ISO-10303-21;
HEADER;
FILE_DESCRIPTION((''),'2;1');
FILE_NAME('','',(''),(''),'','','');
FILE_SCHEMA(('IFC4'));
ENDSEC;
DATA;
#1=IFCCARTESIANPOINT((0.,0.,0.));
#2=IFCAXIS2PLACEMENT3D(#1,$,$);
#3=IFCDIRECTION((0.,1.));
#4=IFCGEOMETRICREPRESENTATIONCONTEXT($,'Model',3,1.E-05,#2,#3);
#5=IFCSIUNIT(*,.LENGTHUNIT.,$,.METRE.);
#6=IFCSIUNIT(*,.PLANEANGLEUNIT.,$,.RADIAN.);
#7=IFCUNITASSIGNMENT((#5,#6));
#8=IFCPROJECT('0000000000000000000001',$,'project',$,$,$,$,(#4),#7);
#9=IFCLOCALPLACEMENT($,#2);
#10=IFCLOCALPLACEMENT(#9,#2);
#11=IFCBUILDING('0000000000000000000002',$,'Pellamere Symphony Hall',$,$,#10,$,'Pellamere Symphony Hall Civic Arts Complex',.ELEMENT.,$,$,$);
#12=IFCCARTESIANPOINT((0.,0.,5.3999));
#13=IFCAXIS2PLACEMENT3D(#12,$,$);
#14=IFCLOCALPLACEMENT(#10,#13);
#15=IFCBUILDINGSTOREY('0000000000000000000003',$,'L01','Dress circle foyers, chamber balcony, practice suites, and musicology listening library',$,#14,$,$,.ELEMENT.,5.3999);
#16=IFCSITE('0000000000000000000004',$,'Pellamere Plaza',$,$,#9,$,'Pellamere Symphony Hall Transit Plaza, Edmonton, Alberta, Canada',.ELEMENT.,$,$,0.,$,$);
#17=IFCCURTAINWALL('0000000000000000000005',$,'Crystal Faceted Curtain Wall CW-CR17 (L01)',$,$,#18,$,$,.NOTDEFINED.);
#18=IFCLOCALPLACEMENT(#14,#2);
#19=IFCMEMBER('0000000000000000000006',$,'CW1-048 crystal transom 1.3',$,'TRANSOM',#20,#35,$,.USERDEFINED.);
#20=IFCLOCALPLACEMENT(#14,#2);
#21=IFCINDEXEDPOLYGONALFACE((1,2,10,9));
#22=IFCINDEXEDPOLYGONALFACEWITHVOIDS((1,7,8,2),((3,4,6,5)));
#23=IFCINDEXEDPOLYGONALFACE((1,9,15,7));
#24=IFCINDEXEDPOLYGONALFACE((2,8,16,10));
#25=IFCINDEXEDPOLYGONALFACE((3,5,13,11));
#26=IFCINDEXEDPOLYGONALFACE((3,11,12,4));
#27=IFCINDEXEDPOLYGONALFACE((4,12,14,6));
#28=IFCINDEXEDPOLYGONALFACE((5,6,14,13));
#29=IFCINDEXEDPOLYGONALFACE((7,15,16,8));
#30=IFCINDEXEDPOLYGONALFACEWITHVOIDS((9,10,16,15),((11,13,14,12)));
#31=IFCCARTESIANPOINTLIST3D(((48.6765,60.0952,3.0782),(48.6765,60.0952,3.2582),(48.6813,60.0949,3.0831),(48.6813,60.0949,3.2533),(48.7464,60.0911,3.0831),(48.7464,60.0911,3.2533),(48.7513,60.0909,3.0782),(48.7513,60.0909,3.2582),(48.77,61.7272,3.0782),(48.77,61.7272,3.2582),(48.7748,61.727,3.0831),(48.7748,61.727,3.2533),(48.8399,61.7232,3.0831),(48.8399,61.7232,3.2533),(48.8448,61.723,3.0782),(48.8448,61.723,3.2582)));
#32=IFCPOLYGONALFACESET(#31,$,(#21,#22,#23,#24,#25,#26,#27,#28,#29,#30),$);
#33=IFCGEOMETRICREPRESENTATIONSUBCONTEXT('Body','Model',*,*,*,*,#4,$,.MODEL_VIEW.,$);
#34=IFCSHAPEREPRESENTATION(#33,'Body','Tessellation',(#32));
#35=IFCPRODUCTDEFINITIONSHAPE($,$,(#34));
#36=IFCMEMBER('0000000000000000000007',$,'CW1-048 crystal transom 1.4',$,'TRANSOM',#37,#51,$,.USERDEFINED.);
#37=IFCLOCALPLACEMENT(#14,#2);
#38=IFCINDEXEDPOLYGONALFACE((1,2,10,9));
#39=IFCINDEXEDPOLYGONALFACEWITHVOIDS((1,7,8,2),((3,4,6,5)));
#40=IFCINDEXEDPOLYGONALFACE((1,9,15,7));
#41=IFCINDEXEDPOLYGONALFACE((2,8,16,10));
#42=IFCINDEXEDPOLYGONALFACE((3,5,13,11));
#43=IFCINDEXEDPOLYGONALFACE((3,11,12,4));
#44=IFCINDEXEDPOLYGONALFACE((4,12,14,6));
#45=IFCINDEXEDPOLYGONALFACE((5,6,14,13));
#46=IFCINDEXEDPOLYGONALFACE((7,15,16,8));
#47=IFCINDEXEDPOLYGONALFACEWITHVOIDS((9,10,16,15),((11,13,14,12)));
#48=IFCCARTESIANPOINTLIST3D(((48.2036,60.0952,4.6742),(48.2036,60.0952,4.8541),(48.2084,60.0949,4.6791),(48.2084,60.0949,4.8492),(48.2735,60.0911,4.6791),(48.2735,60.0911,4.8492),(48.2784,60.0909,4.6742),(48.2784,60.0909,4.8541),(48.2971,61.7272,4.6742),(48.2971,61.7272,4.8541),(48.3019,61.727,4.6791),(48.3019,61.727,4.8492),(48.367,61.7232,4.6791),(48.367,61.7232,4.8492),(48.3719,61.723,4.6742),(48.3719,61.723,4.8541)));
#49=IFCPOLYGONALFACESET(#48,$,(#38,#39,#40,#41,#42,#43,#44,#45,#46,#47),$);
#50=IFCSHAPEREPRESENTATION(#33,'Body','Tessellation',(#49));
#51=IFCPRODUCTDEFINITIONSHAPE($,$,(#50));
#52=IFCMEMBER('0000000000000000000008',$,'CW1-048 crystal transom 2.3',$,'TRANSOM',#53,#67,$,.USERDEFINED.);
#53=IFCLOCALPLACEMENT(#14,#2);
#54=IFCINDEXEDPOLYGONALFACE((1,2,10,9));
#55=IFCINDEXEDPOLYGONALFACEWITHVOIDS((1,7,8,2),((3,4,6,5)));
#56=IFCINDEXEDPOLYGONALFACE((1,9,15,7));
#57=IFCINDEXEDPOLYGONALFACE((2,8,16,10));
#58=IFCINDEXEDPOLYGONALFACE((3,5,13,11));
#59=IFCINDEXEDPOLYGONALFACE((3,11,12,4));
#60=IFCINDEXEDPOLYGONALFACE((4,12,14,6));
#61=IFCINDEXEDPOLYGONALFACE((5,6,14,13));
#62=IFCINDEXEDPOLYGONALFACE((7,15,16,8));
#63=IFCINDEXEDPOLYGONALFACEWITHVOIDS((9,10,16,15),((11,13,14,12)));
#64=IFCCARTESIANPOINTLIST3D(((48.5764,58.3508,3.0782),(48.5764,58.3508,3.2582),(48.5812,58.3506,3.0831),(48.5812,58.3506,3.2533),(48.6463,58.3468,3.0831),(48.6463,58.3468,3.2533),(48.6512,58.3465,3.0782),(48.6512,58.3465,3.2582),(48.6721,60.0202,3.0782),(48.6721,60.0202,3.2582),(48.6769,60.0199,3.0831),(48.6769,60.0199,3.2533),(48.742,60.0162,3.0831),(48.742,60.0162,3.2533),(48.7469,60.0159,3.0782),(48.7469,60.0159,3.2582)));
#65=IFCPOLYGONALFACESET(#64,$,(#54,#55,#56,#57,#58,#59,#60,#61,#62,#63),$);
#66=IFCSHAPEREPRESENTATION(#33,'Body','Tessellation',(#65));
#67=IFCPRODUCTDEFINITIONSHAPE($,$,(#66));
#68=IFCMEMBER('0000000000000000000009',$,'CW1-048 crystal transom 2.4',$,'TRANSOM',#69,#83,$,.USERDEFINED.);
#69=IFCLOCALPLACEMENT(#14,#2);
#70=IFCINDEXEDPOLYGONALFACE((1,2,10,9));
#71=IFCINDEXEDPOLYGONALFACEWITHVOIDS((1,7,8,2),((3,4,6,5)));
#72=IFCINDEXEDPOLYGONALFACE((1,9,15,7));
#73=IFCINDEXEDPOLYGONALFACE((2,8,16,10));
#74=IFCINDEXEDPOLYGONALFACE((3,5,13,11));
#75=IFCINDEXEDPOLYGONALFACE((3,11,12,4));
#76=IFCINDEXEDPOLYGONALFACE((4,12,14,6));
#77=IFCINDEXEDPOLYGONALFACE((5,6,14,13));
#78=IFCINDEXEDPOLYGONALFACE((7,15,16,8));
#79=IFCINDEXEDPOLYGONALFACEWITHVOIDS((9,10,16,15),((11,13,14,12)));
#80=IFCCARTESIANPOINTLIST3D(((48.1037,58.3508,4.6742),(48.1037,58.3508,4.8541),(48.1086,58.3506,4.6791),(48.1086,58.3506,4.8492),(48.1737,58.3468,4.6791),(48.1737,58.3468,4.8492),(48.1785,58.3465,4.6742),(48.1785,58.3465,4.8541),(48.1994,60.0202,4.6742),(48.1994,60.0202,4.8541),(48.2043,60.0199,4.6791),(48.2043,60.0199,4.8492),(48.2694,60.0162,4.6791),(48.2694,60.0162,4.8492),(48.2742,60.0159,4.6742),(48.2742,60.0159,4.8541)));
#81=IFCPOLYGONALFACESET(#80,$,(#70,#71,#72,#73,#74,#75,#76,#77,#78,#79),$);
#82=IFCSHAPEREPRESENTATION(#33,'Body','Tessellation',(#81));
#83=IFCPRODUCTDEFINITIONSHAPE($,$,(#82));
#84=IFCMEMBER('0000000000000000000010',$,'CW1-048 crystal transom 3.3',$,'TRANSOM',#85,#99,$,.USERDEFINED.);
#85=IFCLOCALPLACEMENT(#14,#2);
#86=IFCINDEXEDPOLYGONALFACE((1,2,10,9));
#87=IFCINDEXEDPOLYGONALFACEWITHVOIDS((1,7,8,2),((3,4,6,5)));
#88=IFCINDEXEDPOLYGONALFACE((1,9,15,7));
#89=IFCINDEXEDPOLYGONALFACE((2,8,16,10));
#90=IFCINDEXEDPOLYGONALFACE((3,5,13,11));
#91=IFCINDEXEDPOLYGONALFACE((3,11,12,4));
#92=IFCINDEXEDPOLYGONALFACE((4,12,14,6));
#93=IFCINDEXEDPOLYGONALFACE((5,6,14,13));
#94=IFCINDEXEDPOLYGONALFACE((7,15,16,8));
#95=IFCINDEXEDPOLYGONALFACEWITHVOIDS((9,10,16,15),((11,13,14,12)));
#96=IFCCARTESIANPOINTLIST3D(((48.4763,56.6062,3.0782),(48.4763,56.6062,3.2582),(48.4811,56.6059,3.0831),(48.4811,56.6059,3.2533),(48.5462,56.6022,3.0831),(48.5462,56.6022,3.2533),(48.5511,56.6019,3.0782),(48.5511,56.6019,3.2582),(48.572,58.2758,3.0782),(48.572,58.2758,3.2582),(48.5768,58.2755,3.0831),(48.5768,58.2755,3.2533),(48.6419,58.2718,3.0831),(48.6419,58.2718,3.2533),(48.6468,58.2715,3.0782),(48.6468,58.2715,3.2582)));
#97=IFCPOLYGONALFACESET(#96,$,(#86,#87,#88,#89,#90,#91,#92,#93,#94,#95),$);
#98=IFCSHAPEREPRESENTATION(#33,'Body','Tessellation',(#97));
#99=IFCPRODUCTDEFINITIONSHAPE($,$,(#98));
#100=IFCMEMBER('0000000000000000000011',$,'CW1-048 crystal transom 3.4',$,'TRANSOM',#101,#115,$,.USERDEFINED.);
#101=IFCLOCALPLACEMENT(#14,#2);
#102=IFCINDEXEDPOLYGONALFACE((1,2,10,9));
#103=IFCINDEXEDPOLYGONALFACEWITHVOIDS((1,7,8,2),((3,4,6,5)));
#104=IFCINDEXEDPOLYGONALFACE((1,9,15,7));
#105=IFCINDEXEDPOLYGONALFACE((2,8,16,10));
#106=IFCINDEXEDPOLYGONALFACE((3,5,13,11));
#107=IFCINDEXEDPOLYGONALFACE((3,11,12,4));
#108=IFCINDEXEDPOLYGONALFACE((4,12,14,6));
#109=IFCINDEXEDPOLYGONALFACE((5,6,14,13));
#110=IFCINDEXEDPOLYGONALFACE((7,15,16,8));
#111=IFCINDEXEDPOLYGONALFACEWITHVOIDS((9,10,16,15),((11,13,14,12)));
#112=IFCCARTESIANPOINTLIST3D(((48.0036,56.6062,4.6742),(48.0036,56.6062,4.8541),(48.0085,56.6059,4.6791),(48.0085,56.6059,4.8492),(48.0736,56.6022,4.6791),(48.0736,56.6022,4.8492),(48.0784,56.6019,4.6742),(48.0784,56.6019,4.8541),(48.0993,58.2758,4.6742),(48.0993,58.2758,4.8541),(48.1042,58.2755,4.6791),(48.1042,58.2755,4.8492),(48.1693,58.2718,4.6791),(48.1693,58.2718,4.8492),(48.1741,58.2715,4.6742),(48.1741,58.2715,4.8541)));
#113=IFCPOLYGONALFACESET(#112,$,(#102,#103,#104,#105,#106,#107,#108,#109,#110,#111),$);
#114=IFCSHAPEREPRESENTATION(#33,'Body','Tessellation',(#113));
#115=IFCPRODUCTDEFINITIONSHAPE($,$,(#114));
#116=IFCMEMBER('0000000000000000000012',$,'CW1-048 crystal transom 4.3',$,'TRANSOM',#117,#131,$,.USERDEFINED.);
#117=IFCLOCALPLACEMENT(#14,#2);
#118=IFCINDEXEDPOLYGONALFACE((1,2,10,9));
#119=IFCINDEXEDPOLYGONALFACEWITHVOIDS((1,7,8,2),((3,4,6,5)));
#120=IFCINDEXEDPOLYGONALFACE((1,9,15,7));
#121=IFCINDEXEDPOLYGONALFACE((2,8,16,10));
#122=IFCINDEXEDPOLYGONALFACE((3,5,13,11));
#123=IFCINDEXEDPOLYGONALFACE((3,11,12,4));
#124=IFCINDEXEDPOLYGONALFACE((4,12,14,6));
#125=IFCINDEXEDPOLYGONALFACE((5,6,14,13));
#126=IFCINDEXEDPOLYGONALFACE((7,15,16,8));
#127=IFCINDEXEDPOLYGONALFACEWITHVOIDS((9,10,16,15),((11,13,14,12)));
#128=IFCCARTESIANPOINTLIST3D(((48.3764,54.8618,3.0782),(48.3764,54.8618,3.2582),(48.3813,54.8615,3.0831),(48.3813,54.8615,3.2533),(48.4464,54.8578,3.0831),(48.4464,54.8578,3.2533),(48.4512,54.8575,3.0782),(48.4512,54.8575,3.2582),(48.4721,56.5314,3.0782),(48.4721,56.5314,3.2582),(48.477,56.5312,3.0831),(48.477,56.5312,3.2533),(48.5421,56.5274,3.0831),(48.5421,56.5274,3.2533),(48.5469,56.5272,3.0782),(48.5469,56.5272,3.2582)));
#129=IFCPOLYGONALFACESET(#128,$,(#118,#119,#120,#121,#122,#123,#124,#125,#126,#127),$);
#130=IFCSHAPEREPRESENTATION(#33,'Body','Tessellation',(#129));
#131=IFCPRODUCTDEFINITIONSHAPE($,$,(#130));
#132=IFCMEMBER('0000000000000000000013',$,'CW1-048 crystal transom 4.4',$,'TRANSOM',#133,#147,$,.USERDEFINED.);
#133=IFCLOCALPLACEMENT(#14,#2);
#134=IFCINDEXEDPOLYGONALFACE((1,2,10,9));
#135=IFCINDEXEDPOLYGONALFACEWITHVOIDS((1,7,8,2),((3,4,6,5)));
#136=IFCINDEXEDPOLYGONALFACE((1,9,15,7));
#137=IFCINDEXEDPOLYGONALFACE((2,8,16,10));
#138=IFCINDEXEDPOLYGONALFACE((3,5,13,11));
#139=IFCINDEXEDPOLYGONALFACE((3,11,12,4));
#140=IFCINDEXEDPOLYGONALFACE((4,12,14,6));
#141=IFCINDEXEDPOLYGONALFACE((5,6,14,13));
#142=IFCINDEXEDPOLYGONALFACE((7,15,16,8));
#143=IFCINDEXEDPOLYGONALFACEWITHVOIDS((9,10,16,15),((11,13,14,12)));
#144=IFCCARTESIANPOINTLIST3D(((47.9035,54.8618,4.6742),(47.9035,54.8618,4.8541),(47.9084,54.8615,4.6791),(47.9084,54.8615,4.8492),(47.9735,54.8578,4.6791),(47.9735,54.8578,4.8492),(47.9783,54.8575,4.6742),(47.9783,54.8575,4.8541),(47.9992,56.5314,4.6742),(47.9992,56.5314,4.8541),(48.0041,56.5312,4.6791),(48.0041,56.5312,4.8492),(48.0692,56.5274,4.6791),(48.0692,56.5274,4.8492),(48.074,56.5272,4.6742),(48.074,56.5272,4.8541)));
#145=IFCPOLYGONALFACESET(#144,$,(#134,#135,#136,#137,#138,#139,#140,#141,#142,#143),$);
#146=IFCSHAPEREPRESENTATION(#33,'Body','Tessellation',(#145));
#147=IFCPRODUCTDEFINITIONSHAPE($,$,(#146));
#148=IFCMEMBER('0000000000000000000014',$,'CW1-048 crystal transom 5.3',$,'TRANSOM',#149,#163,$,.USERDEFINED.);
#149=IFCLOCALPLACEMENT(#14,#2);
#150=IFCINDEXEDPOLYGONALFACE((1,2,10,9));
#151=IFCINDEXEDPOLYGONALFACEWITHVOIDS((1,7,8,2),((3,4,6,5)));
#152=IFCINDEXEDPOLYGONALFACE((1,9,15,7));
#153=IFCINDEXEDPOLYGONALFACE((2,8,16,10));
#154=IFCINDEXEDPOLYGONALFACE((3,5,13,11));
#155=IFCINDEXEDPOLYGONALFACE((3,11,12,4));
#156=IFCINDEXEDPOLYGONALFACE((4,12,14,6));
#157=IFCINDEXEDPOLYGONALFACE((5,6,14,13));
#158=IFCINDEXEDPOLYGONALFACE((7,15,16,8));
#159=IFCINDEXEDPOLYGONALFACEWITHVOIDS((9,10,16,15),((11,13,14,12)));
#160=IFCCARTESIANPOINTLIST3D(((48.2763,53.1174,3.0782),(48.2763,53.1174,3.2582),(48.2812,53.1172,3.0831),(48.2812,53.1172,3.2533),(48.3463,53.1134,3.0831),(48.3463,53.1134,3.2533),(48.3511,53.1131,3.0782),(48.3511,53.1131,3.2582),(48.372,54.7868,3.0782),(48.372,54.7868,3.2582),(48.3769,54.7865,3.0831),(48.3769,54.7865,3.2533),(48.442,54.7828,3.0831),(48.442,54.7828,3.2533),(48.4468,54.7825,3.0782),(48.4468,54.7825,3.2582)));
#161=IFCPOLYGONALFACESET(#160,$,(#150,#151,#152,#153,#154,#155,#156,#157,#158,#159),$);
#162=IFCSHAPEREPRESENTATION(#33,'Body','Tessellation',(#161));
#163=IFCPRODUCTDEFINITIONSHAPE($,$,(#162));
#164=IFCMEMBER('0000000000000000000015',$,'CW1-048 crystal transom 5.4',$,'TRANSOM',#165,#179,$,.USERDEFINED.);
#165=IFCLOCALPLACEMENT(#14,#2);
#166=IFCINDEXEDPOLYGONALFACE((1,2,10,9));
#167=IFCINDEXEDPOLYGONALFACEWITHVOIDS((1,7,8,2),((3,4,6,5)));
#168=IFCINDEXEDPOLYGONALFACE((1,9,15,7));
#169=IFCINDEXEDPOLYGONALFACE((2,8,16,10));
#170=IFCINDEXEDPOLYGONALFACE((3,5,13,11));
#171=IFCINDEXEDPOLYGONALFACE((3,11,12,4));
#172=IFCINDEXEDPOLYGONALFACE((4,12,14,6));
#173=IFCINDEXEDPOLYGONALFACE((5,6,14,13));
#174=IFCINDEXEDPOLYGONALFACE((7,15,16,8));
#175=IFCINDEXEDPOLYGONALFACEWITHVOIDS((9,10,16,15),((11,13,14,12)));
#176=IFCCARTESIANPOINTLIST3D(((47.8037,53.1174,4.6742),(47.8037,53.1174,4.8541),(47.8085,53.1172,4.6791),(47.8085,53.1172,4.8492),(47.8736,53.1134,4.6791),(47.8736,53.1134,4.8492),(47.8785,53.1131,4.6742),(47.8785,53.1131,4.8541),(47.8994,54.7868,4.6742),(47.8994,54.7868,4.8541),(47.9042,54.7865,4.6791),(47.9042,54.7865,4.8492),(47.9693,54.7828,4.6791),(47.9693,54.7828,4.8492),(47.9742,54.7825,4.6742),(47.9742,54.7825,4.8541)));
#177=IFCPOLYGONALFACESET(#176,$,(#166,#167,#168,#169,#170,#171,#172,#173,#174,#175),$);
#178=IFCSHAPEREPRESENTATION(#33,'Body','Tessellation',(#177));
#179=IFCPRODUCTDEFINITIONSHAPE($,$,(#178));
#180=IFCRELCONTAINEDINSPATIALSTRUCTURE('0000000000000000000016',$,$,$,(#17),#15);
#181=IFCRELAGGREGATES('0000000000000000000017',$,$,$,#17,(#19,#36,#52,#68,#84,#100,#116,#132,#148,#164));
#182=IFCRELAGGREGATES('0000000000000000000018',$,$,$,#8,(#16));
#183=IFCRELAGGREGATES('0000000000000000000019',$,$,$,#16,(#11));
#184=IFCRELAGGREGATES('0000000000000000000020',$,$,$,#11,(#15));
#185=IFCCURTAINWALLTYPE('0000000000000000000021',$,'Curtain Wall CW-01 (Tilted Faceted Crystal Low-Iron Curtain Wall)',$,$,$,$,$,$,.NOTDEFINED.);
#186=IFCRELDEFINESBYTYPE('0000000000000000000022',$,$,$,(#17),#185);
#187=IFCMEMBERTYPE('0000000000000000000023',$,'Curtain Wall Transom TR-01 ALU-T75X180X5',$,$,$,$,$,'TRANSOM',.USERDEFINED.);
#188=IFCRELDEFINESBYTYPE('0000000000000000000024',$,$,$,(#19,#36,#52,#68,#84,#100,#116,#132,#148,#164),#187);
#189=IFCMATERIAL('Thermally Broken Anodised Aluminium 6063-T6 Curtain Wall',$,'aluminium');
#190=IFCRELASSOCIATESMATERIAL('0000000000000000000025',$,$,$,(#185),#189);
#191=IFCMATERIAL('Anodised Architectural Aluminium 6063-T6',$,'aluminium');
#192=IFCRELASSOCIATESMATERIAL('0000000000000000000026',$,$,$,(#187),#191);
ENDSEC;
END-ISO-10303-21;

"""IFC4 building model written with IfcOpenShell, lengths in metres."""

from ifc_helpers import new_model, si_unit, direction, frame, origin, origin_2d, place, context, subcontext, project, spatial, hollow_rectangle, extrude, material, material_profile, profile_set, type_object, element, aggregate, save


model = new_model("IFC4")

# Units and contexts
model_context = context("Model", 3, precision=1e-05, world=origin(), true_north=direction((0.0, 1.0)))
body_context = subcontext(model_context, "Body", "Model", "MODEL_VIEW")
ifc_project = project(units=[si_unit("LENGTHUNIT", "METRE"), si_unit("PLANEANGLEUNIT", "RADIAN")], contexts=[model_context])

# Site, building, storey
site_placement = place(None, origin())
site = spatial("IfcSite", under=ifc_project, at=site_placement, Name="Pellamere Plaza", LongName="Pellamere Symphony Hall Transit Plaza, Edmonton, Alberta, Canada", CompositionType="ELEMENT", RefElevation=0.0)
building_placement = place(site_placement, origin())
building = spatial("IfcBuilding", under=site, at=building_placement, Name="Pellamere Symphony Hall", LongName="Pellamere Symphony Hall Civic Arts Complex", CompositionType="ELEMENT")
storey_placement = place(building_placement, frame((0.0, 0.0, 5.3999)))
storey = spatial("IfcBuildingStorey", under=building, at=storey_placement, Name="L01", Description="Dress circle foyers, chamber balcony, practice suites, and musicology listening library", CompositionType="ELEMENT", Elevation=5.3999)

# Shared definitions
ifc_material_1 = material(Name="Thermally Broken Anodised Aluminium 6063-T6 Curtain Wall", Category="aluminium")
curtain_wall_type_1 = type_object("IfcCurtainWallType", Name="Curtain Wall CW-01 (Tilted Faceted Crystal Low-Iron Curtain Wall)", PredefinedType="NOTDEFINED", material=ifc_material_1)
ifc_material_2 = material(Name="Anodised Architectural Aluminium 6063-T6", Category="aluminium")

# Shared definitions
ifc_material_profile_1 = material_profile(ifc_material_2, hollow_rectangle(XDim=0.075, YDim=0.1799, WallThickness=0.0049, at=origin_2d()), Name="ALU-T75X180X5")
ifc_profile_set_1 = profile_set([ifc_material_profile_1], Name="Anodised Architectural Aluminium 6063-T6")
member_type_1 = type_object("IfcMemberType", Name="Curtain Wall Transom TR-01 ALU-T75X180X5", ElementType="TRANSOM", PredefinedType="USERDEFINED", material=ifc_profile_set_1)

# Curtain wall, members
curtain_wall_1_placement = place(storey_placement, origin())
curtain_wall_1 = element("IfcCurtainWall", 1, at=curtain_wall_1_placement, inside=storey, type_object=curtain_wall_type_1, Name="Crystal Faceted Curtain Wall CW-CR17 (L01)", PredefinedType="NOTDEFINED")
member_1_placement = place(storey_placement, frame((48.8074, 61.7251, 3.1682), z_axis=(-0.057199, -0.998363, 0.0), x_axis=(0.998363, -0.057199, 0.0)))
member_1 = element("IfcMember", 2, at=member_1_placement, type_object=member_type_1, Name="CW1-048 crystal transom 1.3", ObjectType="TRANSOM", PredefinedType="USERDEFINED", context=body_context, shape_type="SweptSolid", body=[
    extrude(hollow_rectangle(XDim=0.075, YDim=0.1799, WallThickness=0.0049, at=origin_2d()), origin(), (0.0, 0.0, 1.0), 1.6348),
])
member_2_placement = place(storey_placement, frame((48.3345, 61.7251, 4.7642), z_axis=(-0.057199, -0.998363, 0.0), x_axis=(0.998363, -0.057199, 0.0)))
member_2 = element("IfcMember", 3, at=member_2_placement, type_object=member_type_1, Name="CW1-048 crystal transom 1.4", ObjectType="TRANSOM", PredefinedType="USERDEFINED", context=body_context, shape_type="SweptSolid", body=[
    extrude(hollow_rectangle(XDim=0.075, YDim=0.1799, WallThickness=0.0049, at=origin_2d()), origin(), (0.0, 0.0, 1.0), 1.6348),
])
member_3_placement = place(storey_placement, frame((48.7095, 60.0181, 3.1682), z_axis=(-0.057233, -0.998361, 0.0), x_axis=(0.998361, -0.057233, 0.0)))
member_3 = element("IfcMember", 4, at=member_3_placement, type_object=member_type_1, Name="CW1-048 crystal transom 2.3", ObjectType="TRANSOM", PredefinedType="USERDEFINED", context=body_context, shape_type="SweptSolid", body=[
    extrude(hollow_rectangle(XDim=0.075, YDim=0.1799, WallThickness=0.0049, at=origin_2d()), origin(), (0.0, 0.0, 1.0), 1.6721),
])
member_4_placement = place(storey_placement, frame((48.2368, 60.0181, 4.7642), z_axis=(-0.057233, -0.998361, 0.0), x_axis=(0.998361, -0.057233, 0.0)))
member_4 = element("IfcMember", 5, at=member_4_placement, type_object=member_type_1, Name="CW1-048 crystal transom 2.4", ObjectType="TRANSOM", PredefinedType="USERDEFINED", context=body_context, shape_type="SweptSolid", body=[
    extrude(hollow_rectangle(XDim=0.075, YDim=0.1799, WallThickness=0.0049, at=origin_2d()), origin(), (0.0, 0.0, 1.0), 1.6721),
])
member_5_placement = place(storey_placement, frame((48.6094, 58.2737, 3.1682), z_axis=(-0.057224, -0.998361, 0.0), x_axis=(0.998361, -0.057224, 0.0)))
member_5 = element("IfcMember", 6, at=member_5_placement, type_object=member_type_1, Name="CW1-048 crystal transom 3.3", ObjectType="TRANSOM", PredefinedType="USERDEFINED", context=body_context, shape_type="SweptSolid", body=[
    extrude(hollow_rectangle(XDim=0.075, YDim=0.1799, WallThickness=0.0049, at=origin_2d()), origin(), (0.0, 0.0, 1.0), 1.6724),
])
member_6_placement = place(storey_placement, frame((48.1367, 58.2737, 4.7642), z_axis=(-0.057224, -0.998361, 0.0), x_axis=(0.998361, -0.057224, 0.0)))
member_6 = element("IfcMember", 7, at=member_6_placement, type_object=member_type_1, Name="CW1-048 crystal transom 3.4", ObjectType="TRANSOM", PredefinedType="USERDEFINED", context=body_context, shape_type="SweptSolid", body=[
    extrude(hollow_rectangle(XDim=0.075, YDim=0.1799, WallThickness=0.0049, at=origin_2d()), origin(), (0.0, 0.0, 1.0), 1.6724),
])
member_7_placement = place(storey_placement, frame((48.5095, 56.5293, 3.1682), z_axis=(-0.057224, -0.998361, 0.0), x_axis=(0.998361, -0.057224, 0.0)))
member_7 = element("IfcMember", 8, at=member_7_placement, type_object=member_type_1, Name="CW1-048 crystal transom 4.3", ObjectType="TRANSOM", PredefinedType="USERDEFINED", context=body_context, shape_type="SweptSolid", body=[
    extrude(hollow_rectangle(XDim=0.075, YDim=0.1799, WallThickness=0.0049, at=origin_2d()), origin(), (0.0, 0.0, 1.0), 1.6724),
])
member_8_placement = place(storey_placement, frame((48.0366, 56.5293, 4.7642), z_axis=(-0.057224, -0.998361, 0.0), x_axis=(0.998361, -0.057224, 0.0)))
member_8 = element("IfcMember", 9, at=member_8_placement, type_object=member_type_1, Name="CW1-048 crystal transom 4.4", ObjectType="TRANSOM", PredefinedType="USERDEFINED", context=body_context, shape_type="SweptSolid", body=[
    extrude(hollow_rectangle(XDim=0.075, YDim=0.1799, WallThickness=0.0049, at=origin_2d()), origin(), (0.0, 0.0, 1.0), 1.6724),
])
member_9_placement = place(storey_placement, frame((48.4094, 54.7847, 3.1682), z_axis=(-0.057233, -0.998361, 0.0), x_axis=(0.998361, -0.057233, 0.0)))
member_9 = element("IfcMember", 10, at=member_9_placement, type_object=member_type_1, Name="CW1-048 crystal transom 5.3", ObjectType="TRANSOM", PredefinedType="USERDEFINED", context=body_context, shape_type="SweptSolid", body=[
    extrude(hollow_rectangle(XDim=0.075, YDim=0.1799, WallThickness=0.0049, at=origin_2d()), origin(), (0.0, 0.0, 1.0), 1.6721),
])
member_10_placement = place(storey_placement, frame((47.9368, 54.7847, 4.7642), z_axis=(-0.057233, -0.998361, 0.0), x_axis=(0.998361, -0.057233, 0.0)))
member_10 = element("IfcMember", 11, at=member_10_placement, type_object=member_type_1, Name="CW1-048 crystal transom 5.4", ObjectType="TRANSOM", PredefinedType="USERDEFINED", context=body_context, shape_type="SweptSolid", body=[
    extrude(hollow_rectangle(XDim=0.075, YDim=0.1799, WallThickness=0.0049, at=origin_2d()), origin(), (0.0, 0.0, 1.0), 1.6721),
])

aggregate(curtain_wall_1, [member_1, member_2, member_3, member_4, member_5, member_6, member_7, member_8, member_9, member_10])

save(model, "model.ifc")
